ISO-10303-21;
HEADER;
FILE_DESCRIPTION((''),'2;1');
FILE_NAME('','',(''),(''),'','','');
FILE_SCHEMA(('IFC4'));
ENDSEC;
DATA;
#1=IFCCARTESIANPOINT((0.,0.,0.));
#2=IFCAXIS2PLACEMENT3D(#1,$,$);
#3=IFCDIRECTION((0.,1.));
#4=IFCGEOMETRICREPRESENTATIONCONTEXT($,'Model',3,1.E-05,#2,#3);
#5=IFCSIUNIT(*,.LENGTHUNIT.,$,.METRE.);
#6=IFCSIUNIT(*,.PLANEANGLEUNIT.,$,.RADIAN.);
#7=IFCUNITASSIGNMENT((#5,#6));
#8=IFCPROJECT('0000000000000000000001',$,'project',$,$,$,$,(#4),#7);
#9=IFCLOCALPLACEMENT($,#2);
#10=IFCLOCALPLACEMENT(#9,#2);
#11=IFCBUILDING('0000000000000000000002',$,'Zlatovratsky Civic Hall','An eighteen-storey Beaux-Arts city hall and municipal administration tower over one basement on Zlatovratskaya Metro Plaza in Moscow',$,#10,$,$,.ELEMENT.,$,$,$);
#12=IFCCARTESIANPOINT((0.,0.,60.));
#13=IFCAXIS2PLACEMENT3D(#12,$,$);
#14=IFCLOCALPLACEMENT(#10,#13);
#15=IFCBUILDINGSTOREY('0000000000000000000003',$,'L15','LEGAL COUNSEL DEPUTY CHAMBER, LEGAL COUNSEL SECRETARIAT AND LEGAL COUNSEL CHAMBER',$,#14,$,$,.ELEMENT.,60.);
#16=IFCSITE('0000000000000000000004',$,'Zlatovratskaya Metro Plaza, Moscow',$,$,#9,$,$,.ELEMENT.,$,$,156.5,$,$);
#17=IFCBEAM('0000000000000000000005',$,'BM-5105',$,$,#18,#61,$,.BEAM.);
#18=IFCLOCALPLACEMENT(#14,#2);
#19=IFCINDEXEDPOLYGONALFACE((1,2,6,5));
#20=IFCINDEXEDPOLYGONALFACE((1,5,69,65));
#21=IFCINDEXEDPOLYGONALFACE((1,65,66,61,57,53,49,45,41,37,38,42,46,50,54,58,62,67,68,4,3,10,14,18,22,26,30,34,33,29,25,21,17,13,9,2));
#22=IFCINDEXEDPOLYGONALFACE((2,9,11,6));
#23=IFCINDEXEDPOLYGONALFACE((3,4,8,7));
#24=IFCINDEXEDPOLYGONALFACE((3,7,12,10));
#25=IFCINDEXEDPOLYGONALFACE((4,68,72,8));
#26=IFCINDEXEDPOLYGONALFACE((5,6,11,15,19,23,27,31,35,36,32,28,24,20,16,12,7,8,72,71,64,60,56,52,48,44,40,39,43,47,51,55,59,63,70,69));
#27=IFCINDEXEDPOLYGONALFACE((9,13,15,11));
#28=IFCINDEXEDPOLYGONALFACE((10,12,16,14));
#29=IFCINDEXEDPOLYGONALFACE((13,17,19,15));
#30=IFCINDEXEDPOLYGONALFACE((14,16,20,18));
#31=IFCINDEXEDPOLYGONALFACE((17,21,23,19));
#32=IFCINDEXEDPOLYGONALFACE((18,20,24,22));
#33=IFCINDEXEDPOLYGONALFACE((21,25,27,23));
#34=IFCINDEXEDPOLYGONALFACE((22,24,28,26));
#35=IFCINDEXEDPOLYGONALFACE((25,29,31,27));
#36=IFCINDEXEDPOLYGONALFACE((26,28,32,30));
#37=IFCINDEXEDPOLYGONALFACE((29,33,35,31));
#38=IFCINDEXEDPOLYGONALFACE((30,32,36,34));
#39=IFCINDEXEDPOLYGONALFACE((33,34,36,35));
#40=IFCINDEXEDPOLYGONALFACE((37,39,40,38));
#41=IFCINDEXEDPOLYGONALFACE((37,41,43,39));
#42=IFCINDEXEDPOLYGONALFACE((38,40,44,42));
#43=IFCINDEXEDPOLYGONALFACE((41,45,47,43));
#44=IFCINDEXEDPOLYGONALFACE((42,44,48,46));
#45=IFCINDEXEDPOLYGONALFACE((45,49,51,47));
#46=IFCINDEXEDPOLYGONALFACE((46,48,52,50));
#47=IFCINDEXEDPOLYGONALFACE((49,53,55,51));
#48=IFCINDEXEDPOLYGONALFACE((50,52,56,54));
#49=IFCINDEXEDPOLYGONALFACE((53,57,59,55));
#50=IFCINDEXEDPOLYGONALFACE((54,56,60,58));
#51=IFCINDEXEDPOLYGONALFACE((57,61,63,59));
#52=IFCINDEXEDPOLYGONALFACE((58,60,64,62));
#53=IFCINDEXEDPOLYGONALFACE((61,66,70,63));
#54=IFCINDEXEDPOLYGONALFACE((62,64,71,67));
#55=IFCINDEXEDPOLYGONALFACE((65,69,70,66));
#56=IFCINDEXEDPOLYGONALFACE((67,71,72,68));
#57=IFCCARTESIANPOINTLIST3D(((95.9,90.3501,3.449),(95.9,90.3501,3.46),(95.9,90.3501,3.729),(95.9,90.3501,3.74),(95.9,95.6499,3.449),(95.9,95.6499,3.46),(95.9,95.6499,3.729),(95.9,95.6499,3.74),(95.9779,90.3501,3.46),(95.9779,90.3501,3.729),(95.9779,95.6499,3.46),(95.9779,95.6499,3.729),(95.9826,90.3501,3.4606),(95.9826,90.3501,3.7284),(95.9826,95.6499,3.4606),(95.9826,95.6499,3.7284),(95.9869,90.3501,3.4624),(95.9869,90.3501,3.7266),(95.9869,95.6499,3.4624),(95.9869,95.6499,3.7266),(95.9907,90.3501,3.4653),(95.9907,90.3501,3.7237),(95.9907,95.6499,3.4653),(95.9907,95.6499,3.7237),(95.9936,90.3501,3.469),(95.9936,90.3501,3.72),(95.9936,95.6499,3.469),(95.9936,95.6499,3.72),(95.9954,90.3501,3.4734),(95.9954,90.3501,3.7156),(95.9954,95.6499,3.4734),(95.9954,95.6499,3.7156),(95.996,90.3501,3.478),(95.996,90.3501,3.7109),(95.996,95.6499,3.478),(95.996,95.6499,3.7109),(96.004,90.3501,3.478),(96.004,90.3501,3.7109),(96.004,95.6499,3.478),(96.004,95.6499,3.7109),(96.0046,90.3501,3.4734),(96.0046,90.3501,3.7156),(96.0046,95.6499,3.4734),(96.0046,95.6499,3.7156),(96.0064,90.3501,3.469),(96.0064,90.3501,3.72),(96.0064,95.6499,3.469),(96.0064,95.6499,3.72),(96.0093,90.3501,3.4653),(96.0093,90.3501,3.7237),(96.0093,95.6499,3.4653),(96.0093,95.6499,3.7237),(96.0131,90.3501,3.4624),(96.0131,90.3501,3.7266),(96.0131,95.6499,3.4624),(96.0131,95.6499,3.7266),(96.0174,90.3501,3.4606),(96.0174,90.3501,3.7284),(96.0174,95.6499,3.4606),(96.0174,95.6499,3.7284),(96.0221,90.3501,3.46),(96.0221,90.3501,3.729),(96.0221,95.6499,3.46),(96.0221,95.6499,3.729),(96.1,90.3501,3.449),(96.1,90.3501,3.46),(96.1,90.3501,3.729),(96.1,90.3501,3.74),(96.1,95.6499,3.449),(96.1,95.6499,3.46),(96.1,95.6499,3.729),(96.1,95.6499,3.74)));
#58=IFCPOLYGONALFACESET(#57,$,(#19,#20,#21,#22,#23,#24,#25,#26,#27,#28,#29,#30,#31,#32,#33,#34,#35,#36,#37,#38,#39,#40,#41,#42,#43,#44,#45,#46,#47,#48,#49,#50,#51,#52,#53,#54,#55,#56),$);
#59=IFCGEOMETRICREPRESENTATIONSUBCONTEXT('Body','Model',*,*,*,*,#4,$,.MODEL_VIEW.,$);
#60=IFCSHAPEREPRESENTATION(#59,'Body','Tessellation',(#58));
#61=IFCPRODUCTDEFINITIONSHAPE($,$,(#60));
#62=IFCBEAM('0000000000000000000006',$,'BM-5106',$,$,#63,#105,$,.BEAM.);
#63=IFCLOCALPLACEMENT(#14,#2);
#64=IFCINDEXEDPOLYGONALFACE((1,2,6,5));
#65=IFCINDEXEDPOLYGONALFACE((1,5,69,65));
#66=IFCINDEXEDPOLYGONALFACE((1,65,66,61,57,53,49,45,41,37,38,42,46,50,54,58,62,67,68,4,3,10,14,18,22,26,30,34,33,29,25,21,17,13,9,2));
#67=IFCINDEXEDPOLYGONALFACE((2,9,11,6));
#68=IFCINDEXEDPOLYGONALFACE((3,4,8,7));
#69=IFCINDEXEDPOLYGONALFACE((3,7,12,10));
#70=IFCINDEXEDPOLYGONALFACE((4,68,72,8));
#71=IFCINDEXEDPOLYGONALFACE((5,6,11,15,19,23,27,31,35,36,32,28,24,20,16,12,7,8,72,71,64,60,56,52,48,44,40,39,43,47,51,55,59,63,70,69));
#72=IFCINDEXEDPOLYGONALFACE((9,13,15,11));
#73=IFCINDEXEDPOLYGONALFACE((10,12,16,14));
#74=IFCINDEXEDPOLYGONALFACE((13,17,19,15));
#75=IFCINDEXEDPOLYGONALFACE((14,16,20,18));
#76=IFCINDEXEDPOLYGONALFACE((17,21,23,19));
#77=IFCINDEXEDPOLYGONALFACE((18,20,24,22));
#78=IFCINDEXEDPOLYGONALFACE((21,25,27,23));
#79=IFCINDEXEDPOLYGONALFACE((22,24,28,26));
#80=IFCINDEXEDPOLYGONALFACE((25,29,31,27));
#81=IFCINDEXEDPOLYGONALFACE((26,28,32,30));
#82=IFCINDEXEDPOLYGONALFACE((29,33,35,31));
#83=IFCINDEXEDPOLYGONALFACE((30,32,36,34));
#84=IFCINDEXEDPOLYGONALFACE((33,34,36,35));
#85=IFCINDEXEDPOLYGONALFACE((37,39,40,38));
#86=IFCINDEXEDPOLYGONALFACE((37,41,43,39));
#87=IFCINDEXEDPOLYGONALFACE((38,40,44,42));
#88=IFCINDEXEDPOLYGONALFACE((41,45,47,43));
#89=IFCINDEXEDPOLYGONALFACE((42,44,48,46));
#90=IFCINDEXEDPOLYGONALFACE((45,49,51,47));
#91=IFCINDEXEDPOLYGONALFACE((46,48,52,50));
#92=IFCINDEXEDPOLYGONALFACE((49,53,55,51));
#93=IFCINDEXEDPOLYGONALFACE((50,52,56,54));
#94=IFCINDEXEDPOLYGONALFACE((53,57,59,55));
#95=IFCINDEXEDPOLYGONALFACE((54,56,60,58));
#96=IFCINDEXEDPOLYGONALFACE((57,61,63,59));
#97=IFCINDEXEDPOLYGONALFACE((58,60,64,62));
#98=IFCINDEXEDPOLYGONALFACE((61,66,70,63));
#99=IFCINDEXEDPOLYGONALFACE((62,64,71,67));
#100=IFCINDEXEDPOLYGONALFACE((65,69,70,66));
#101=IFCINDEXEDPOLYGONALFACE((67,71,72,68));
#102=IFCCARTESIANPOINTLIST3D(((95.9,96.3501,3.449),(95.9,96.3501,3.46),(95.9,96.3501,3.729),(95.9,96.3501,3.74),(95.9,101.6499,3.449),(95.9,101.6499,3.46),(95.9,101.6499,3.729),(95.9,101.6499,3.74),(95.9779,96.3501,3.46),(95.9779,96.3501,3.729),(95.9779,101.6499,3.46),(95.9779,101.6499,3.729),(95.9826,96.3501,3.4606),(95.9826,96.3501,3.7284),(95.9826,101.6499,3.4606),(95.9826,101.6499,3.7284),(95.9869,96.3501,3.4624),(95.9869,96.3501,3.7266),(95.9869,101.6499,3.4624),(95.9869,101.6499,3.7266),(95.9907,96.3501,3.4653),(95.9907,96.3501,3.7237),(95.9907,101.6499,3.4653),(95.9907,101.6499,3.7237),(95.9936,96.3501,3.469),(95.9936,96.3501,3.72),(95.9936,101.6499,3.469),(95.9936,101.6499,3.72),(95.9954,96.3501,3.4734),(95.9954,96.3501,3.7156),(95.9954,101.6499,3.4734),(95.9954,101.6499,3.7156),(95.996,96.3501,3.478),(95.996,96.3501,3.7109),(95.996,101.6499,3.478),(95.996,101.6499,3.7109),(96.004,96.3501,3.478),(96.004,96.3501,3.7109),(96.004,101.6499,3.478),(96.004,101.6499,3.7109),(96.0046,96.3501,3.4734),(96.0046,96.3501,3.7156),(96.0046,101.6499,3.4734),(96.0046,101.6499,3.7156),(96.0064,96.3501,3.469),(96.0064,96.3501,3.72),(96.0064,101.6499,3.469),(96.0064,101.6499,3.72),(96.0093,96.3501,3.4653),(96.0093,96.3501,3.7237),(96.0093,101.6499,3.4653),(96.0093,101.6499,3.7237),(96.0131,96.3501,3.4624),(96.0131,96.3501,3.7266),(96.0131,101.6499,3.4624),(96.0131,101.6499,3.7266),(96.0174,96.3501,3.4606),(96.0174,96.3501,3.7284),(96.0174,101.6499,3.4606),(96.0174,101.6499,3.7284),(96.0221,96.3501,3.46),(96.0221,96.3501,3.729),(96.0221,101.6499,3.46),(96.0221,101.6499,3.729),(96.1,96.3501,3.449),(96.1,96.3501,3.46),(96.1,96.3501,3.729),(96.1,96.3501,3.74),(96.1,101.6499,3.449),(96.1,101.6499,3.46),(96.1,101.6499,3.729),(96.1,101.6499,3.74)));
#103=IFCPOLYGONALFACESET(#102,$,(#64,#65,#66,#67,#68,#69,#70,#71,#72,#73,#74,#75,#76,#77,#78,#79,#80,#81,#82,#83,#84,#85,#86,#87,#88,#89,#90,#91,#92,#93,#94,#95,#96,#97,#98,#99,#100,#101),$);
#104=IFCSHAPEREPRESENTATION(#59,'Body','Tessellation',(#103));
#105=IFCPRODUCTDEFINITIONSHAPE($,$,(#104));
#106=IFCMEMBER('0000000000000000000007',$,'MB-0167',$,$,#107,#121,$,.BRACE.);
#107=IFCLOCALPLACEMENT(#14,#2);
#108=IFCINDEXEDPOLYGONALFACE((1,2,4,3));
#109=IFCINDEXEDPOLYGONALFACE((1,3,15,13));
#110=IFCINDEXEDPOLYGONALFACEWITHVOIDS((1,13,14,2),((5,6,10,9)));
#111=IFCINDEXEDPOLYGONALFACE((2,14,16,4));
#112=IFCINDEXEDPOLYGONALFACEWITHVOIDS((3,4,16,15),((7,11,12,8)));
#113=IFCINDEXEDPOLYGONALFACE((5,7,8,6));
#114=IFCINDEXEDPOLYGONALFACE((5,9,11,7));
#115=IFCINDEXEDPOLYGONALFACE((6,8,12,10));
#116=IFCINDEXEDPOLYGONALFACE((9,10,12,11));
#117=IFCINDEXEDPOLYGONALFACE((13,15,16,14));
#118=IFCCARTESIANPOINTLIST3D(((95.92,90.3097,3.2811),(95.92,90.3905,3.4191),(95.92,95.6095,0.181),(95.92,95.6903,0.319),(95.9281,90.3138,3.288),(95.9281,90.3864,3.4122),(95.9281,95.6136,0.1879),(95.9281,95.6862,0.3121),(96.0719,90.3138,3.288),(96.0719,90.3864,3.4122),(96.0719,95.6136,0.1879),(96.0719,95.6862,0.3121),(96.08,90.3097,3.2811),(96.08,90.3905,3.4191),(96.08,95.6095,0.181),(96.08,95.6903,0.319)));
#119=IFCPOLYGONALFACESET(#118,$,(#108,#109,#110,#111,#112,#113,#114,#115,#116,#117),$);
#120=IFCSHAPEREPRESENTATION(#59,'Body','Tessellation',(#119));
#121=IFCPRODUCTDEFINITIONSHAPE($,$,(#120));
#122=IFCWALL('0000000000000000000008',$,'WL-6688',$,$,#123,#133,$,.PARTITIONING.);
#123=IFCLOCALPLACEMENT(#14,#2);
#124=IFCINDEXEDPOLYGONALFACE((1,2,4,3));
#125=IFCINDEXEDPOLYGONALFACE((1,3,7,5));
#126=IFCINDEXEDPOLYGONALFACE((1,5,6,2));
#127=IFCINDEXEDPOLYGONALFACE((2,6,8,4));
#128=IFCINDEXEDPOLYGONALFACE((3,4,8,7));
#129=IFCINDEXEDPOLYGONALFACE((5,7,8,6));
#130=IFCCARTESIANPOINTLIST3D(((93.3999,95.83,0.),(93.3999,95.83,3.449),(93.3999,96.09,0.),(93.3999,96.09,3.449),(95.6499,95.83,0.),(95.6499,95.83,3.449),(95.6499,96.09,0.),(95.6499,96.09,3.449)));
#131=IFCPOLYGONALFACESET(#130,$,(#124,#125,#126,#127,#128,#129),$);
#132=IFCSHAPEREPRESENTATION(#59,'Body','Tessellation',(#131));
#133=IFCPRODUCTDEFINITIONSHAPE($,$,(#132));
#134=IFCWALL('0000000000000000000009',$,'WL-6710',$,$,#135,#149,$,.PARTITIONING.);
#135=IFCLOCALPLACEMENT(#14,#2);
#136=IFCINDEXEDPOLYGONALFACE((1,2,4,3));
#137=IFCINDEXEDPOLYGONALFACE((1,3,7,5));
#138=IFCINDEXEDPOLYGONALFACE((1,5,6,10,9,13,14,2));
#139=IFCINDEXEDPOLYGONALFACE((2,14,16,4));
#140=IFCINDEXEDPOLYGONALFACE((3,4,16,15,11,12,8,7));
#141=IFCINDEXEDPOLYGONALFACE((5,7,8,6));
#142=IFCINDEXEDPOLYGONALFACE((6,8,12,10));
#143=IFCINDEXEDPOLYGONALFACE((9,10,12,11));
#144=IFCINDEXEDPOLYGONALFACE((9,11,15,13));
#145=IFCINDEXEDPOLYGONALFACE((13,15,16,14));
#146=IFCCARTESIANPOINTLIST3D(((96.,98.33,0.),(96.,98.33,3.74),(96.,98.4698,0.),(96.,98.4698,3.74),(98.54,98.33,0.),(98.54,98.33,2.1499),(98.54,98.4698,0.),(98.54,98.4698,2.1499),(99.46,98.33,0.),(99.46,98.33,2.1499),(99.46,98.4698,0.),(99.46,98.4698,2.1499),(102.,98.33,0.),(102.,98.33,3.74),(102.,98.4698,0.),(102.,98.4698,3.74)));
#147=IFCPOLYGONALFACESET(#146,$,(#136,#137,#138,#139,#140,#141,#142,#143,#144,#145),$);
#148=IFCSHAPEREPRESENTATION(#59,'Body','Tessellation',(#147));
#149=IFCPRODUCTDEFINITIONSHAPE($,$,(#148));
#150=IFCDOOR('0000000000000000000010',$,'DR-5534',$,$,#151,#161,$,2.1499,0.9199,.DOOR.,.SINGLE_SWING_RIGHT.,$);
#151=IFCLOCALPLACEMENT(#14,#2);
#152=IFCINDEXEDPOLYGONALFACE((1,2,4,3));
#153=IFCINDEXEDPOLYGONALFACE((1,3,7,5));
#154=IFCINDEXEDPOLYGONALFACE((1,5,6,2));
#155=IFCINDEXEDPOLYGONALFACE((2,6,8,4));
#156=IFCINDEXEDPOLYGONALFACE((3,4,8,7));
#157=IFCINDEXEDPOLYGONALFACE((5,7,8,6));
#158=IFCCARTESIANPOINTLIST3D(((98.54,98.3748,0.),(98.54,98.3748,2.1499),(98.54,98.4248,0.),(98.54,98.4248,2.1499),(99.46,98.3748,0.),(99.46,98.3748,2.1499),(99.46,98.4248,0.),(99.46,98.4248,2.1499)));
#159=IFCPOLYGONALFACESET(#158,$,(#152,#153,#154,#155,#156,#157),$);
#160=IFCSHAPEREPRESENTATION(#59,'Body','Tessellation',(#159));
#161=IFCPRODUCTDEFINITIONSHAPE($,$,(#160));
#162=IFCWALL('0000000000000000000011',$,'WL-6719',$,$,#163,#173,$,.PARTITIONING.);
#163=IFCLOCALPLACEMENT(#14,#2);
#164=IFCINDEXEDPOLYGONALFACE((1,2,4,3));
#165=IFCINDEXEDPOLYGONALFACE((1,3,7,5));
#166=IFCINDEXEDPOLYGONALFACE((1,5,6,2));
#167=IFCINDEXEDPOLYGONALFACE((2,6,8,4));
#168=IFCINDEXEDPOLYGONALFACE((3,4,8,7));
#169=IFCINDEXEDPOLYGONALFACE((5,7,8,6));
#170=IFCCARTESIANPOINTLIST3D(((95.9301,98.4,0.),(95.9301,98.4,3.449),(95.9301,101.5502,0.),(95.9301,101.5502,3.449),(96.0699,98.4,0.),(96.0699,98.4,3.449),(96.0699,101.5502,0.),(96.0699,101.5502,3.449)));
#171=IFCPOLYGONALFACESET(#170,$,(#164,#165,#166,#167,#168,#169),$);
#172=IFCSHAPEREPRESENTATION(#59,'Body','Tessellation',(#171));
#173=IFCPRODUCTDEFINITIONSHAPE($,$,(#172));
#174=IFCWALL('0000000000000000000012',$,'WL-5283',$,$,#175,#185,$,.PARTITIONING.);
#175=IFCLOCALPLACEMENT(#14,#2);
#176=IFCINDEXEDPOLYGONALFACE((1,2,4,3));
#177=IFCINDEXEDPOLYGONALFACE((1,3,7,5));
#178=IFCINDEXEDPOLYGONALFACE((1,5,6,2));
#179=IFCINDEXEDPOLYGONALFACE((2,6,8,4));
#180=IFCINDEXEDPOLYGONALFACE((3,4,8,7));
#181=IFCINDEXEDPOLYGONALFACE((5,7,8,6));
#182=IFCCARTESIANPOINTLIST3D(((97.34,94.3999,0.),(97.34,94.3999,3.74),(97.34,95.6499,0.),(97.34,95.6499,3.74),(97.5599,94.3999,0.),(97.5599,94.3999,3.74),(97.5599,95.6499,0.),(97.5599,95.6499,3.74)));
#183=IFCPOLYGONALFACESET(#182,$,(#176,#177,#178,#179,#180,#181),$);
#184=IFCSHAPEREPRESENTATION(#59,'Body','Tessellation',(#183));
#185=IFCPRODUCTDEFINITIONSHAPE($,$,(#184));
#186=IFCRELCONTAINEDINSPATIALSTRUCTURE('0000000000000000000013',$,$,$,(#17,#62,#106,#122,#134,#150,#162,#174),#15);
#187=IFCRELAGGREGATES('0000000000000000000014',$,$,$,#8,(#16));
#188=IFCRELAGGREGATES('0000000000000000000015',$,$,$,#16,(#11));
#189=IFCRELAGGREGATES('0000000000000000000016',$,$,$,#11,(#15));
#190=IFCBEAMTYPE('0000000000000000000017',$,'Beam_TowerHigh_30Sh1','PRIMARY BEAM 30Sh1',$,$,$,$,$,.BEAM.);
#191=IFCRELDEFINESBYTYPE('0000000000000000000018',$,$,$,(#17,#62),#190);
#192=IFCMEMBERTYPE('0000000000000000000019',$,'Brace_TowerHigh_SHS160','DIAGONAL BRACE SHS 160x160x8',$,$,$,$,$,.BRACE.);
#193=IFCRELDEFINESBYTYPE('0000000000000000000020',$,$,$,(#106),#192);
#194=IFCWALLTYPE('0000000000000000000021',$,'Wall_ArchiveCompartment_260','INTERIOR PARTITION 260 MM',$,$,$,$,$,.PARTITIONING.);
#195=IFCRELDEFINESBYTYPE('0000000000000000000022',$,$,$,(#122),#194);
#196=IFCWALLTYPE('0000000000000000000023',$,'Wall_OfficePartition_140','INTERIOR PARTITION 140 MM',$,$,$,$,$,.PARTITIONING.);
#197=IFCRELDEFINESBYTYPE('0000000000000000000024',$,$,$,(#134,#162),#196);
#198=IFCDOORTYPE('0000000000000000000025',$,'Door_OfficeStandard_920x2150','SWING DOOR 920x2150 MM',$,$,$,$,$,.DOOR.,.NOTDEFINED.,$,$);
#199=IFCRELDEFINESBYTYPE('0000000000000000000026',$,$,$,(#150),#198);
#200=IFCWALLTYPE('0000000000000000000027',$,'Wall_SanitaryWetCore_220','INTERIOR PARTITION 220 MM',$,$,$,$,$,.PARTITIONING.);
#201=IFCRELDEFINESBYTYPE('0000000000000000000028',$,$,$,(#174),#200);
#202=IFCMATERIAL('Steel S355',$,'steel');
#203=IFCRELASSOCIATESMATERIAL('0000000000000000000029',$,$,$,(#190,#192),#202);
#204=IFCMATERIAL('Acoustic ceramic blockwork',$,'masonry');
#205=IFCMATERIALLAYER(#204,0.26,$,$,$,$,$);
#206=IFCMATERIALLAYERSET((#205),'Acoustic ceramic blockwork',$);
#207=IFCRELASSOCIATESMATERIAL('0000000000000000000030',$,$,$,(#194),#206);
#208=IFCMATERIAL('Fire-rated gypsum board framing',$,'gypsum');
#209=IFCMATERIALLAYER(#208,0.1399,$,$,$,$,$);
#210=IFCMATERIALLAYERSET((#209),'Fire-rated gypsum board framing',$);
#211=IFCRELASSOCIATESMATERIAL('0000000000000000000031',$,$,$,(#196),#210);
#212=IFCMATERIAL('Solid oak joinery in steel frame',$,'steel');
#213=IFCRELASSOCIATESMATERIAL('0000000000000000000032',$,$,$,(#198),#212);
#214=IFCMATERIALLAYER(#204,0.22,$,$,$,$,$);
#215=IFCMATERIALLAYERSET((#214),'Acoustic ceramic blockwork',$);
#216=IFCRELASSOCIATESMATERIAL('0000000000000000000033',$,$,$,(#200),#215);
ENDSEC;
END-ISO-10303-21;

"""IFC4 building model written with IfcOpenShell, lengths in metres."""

from ifc_helpers import new_model, si_unit, direction, frame, frame_2d, origin, origin_2d, place, context, subcontext, project, spatial, rectangle, hollow_rectangle, i_section, extrude, material, layer, layer_set, material_profile, profile_set, type_object, element, fill, save


model = new_model("IFC4")

# Units and contexts
model_context = context("Model", 3, precision=1e-05, world=origin(), true_north=direction((0.0, 1.0)))
body_context = subcontext(model_context, "Body", "Model", "MODEL_VIEW")
ifc_project = project(units=[si_unit("LENGTHUNIT", "METRE"), si_unit("PLANEANGLEUNIT", "RADIAN")], contexts=[model_context])

# Site, building, storey
site_placement = place(None, origin())
site = spatial("IfcSite", under=ifc_project, at=site_placement, Name="Zlatovratskaya Metro Plaza, Moscow", CompositionType="ELEMENT", RefElevation=156.5)
building_placement = place(site_placement, origin())
building = spatial("IfcBuilding", under=site, at=building_placement, Name="Zlatovratsky Civic Hall", Description="An eighteen-storey Beaux-Arts city hall and municipal administration tower over one basement on Zlatovratskaya Metro Plaza in Moscow", CompositionType="ELEMENT")
storey_placement = place(building_placement, frame((0.0, 0.0, 60.0)))
storey = spatial("IfcBuildingStorey", under=building, at=storey_placement, Name="L15", Description="LEGAL COUNSEL DEPUTY CHAMBER, LEGAL COUNSEL SECRETARIAT AND LEGAL COUNSEL CHAMBER", CompositionType="ELEMENT", Elevation=60.0)

# Beams
ifc_material_1 = material(Name="Steel S355", Category="steel")
ifc_material_profile_1 = material_profile(ifc_material_1, i_section(OverallWidth=0.2, OverallDepth=0.291, WebThickness=0.0081, FlangeThickness=0.011, FilletRadius=0.0181, at=origin_2d()), Name="30Sh1")
ifc_profile_set_1 = profile_set([ifc_material_profile_1], Name="Steel S355")
beam_type_1 = type_object("IfcBeamType", Name="Beam_TowerHigh_30Sh1", Description="PRIMARY BEAM 30Sh1", PredefinedType="BEAM", material=ifc_profile_set_1)
for number, where, z_axis, x_axis, name in (
    (1, (96.0, 90.3501, 3.5945), (0.0, 1.0, 0.0), (-1.0, 0.0, 0.0), "BM-5105"),
    (2, (96.0, 96.3501, 3.5945), (0.0, 1.0, 0.0), (-1.0, 0.0, 0.0), "BM-5106"),
):
    element("IfcBeam", number, at=place(storey_placement, frame(where, z_axis=z_axis, x_axis=x_axis)), inside=storey, type_object=beam_type_1, Name=name, PredefinedType="BEAM", context=body_context, shape_type="SweptSolid", body=[
        extrude(i_section(OverallWidth=0.2, OverallDepth=0.291, WebThickness=0.0081, FlangeThickness=0.011, FilletRadius=0.0181, at=origin_2d()), origin(), (0.0, 0.0, 1.0), 5.2998),
    ])

# Member
ifc_material_profile_2 = material_profile(ifc_material_1, hollow_rectangle(XDim=0.1599, YDim=0.1599, WallThickness=0.0081, at=origin_2d()), Name="SHS 160x160x8")
ifc_profile_set_2 = profile_set([ifc_material_profile_2], Name="Steel S355")
member_type = type_object("IfcMemberType", Name="Brace_TowerHigh_SHS160", Description="DIAGONAL BRACE SHS 160x160x8", PredefinedType="BRACE", material=ifc_profile_set_2)
member_placement = place(storey_placement, frame((96.0, 90.3501, 3.3501), z_axis=(0.0, 0.863173, -0.504909), x_axis=(-1.0, 0.0, 0.0)))
element("IfcMember", 3, at=member_placement, inside=storey, type_object=member_type, Name="MB-0167", PredefinedType="BRACE", context=body_context, shape_type="SweptSolid", body=[
    extrude(hollow_rectangle(XDim=0.1599, YDim=0.1599, WallThickness=0.0081, at=origin_2d()), origin(), (0.0, 0.0, 1.0), 6.1399),
])

# Wall
ifc_material_2 = material(Name="Acoustic ceramic blockwork", Category="masonry")
ifc_layer_1 = layer(ifc_material_2, 0.26)
ifc_layer_set_1 = layer_set([ifc_layer_1], Name="Acoustic ceramic blockwork")
wall_type_1 = type_object("IfcWallType", Name="Wall_ArchiveCompartment_260", Description="INTERIOR PARTITION 260 MM", PredefinedType="PARTITIONING", material=ifc_layer_set_1)
wall_1_placement = place(storey_placement, frame((93.3999, 95.96, 0.0), z_axis=(0.0, 0.0, 1.0), x_axis=(1.0, 0.0, 0.0)))
element("IfcWall", 4, at=wall_1_placement, inside=storey, type_object=wall_type_1, Name="WL-6688", PredefinedType="PARTITIONING", context=body_context, shape_type="SweptSolid", body=[
    extrude(rectangle(XDim=2.25, YDim=0.26, at=frame_2d((1.125, 0.0))), origin(), (0.0, 0.0, 1.0), 3.449),
])

# Wall, opening, door
ifc_material_3 = material(Name="Fire-rated gypsum board framing", Category="gypsum")
ifc_layer_2 = layer(ifc_material_3, 0.1399)
ifc_layer_set_2 = layer_set([ifc_layer_2], Name="Fire-rated gypsum board framing")
wall_type_2 = type_object("IfcWallType", Name="Wall_OfficePartition_140", Description="INTERIOR PARTITION 140 MM", PredefinedType="PARTITIONING", material=ifc_layer_set_2)
ifc_material_4 = material(Name="Solid oak joinery in steel frame", Category="steel")
door_type = type_object("IfcDoorType", Name="Door_OfficeStandard_920x2150", Description="SWING DOOR 920x2150 MM", OperationType="NOTDEFINED", PredefinedType="DOOR", material=ifc_material_4)
wall_2_placement = place(storey_placement, frame((96.0, 98.3999, 0.0), z_axis=(0.0, 0.0, 1.0), x_axis=(1.0, 0.0, 0.0)))
wall_2 = element("IfcWall", 5, at=wall_2_placement, inside=storey, type_object=wall_type_2, Name="WL-6710", PredefinedType="PARTITIONING", context=body_context, shape_type="SweptSolid", body=[
    extrude(rectangle(XDim=6.0, YDim=0.1399, at=frame_2d((3.0, 0.0))), origin(), (0.0, 0.0, 1.0), 3.74),
])
opening_1_placement = place(wall_2_placement, frame((2.54, 0.0, 0.0)))
opening_1 = element("IfcOpeningElement", 6, at=opening_1_placement, cuts=wall_2, PredefinedType="OPENING", context=body_context, shape_type="SweptSolid", body=[
    extrude(rectangle(XDim=0.9199, YDim=2.1499, at=frame_2d((0.46, 1.075))), frame((0.0, 0.085, 0.0), z_axis=(0.0, -1.0, 0.0), x_axis=(1.0, 0.0, 0.0)), (0.0, 0.0, 1.0), 0.1697),
])
door_1_placement = place(opening_1_placement, origin())
door_1 = element("IfcDoor", 7, at=door_1_placement, inside=storey, type_object=door_type, Name="DR-5534", OperationType="SINGLE_SWING_RIGHT", OverallHeight=2.1499, OverallWidth=0.9199, PredefinedType="DOOR", context=body_context, shape_type="SweptSolid", body=[
    extrude(rectangle(XDim=0.9199, YDim=2.1499, at=frame_2d((0.46, 1.075))), frame((0.0, 0.0249, 0.0), z_axis=(0.0, -1.0, 0.0), x_axis=(1.0, 0.0, 0.0)), (0.0, 0.0, 1.0), 0.05),
])
fill(opening_1, door_1)

# Walls
wall_3_placement = place(storey_placement, frame((96.0, 98.3999, 0.0), z_axis=(0.0, 0.0, 1.0), x_axis=(0.0, 1.0, 0.0)))
element("IfcWall", 8, at=wall_3_placement, inside=storey, type_object=wall_type_2, Name="WL-6719", PredefinedType="PARTITIONING", context=body_context, shape_type="SweptSolid", body=[
    extrude(rectangle(XDim=3.1501, YDim=0.1399, at=frame_2d((1.5752, 0.0))), origin(), (0.0, 0.0, 1.0), 3.449),
])
ifc_layer_3 = layer(ifc_material_2, 0.22)
ifc_layer_set_3 = layer_set([ifc_layer_3], Name="Acoustic ceramic blockwork")
wall_type_3 = type_object("IfcWallType", Name="Wall_SanitaryWetCore_220", Description="INTERIOR PARTITION 220 MM", PredefinedType="PARTITIONING", material=ifc_layer_set_3)
wall_4_placement = place(storey_placement, frame((97.45, 94.3999, 0.0), z_axis=(0.0, 0.0, 1.0), x_axis=(0.0, 1.0, 0.0)))
element("IfcWall", 9, at=wall_4_placement, inside=storey, type_object=wall_type_3, Name="WL-5283", PredefinedType="PARTITIONING", context=body_context, shape_type="SweptSolid", body=[
    extrude(rectangle(XDim=1.25, YDim=0.22, at=frame_2d((0.625, 0.0))), origin(), (0.0, 0.0, 1.0), 3.74),
])

save(model, "model.ifc")
